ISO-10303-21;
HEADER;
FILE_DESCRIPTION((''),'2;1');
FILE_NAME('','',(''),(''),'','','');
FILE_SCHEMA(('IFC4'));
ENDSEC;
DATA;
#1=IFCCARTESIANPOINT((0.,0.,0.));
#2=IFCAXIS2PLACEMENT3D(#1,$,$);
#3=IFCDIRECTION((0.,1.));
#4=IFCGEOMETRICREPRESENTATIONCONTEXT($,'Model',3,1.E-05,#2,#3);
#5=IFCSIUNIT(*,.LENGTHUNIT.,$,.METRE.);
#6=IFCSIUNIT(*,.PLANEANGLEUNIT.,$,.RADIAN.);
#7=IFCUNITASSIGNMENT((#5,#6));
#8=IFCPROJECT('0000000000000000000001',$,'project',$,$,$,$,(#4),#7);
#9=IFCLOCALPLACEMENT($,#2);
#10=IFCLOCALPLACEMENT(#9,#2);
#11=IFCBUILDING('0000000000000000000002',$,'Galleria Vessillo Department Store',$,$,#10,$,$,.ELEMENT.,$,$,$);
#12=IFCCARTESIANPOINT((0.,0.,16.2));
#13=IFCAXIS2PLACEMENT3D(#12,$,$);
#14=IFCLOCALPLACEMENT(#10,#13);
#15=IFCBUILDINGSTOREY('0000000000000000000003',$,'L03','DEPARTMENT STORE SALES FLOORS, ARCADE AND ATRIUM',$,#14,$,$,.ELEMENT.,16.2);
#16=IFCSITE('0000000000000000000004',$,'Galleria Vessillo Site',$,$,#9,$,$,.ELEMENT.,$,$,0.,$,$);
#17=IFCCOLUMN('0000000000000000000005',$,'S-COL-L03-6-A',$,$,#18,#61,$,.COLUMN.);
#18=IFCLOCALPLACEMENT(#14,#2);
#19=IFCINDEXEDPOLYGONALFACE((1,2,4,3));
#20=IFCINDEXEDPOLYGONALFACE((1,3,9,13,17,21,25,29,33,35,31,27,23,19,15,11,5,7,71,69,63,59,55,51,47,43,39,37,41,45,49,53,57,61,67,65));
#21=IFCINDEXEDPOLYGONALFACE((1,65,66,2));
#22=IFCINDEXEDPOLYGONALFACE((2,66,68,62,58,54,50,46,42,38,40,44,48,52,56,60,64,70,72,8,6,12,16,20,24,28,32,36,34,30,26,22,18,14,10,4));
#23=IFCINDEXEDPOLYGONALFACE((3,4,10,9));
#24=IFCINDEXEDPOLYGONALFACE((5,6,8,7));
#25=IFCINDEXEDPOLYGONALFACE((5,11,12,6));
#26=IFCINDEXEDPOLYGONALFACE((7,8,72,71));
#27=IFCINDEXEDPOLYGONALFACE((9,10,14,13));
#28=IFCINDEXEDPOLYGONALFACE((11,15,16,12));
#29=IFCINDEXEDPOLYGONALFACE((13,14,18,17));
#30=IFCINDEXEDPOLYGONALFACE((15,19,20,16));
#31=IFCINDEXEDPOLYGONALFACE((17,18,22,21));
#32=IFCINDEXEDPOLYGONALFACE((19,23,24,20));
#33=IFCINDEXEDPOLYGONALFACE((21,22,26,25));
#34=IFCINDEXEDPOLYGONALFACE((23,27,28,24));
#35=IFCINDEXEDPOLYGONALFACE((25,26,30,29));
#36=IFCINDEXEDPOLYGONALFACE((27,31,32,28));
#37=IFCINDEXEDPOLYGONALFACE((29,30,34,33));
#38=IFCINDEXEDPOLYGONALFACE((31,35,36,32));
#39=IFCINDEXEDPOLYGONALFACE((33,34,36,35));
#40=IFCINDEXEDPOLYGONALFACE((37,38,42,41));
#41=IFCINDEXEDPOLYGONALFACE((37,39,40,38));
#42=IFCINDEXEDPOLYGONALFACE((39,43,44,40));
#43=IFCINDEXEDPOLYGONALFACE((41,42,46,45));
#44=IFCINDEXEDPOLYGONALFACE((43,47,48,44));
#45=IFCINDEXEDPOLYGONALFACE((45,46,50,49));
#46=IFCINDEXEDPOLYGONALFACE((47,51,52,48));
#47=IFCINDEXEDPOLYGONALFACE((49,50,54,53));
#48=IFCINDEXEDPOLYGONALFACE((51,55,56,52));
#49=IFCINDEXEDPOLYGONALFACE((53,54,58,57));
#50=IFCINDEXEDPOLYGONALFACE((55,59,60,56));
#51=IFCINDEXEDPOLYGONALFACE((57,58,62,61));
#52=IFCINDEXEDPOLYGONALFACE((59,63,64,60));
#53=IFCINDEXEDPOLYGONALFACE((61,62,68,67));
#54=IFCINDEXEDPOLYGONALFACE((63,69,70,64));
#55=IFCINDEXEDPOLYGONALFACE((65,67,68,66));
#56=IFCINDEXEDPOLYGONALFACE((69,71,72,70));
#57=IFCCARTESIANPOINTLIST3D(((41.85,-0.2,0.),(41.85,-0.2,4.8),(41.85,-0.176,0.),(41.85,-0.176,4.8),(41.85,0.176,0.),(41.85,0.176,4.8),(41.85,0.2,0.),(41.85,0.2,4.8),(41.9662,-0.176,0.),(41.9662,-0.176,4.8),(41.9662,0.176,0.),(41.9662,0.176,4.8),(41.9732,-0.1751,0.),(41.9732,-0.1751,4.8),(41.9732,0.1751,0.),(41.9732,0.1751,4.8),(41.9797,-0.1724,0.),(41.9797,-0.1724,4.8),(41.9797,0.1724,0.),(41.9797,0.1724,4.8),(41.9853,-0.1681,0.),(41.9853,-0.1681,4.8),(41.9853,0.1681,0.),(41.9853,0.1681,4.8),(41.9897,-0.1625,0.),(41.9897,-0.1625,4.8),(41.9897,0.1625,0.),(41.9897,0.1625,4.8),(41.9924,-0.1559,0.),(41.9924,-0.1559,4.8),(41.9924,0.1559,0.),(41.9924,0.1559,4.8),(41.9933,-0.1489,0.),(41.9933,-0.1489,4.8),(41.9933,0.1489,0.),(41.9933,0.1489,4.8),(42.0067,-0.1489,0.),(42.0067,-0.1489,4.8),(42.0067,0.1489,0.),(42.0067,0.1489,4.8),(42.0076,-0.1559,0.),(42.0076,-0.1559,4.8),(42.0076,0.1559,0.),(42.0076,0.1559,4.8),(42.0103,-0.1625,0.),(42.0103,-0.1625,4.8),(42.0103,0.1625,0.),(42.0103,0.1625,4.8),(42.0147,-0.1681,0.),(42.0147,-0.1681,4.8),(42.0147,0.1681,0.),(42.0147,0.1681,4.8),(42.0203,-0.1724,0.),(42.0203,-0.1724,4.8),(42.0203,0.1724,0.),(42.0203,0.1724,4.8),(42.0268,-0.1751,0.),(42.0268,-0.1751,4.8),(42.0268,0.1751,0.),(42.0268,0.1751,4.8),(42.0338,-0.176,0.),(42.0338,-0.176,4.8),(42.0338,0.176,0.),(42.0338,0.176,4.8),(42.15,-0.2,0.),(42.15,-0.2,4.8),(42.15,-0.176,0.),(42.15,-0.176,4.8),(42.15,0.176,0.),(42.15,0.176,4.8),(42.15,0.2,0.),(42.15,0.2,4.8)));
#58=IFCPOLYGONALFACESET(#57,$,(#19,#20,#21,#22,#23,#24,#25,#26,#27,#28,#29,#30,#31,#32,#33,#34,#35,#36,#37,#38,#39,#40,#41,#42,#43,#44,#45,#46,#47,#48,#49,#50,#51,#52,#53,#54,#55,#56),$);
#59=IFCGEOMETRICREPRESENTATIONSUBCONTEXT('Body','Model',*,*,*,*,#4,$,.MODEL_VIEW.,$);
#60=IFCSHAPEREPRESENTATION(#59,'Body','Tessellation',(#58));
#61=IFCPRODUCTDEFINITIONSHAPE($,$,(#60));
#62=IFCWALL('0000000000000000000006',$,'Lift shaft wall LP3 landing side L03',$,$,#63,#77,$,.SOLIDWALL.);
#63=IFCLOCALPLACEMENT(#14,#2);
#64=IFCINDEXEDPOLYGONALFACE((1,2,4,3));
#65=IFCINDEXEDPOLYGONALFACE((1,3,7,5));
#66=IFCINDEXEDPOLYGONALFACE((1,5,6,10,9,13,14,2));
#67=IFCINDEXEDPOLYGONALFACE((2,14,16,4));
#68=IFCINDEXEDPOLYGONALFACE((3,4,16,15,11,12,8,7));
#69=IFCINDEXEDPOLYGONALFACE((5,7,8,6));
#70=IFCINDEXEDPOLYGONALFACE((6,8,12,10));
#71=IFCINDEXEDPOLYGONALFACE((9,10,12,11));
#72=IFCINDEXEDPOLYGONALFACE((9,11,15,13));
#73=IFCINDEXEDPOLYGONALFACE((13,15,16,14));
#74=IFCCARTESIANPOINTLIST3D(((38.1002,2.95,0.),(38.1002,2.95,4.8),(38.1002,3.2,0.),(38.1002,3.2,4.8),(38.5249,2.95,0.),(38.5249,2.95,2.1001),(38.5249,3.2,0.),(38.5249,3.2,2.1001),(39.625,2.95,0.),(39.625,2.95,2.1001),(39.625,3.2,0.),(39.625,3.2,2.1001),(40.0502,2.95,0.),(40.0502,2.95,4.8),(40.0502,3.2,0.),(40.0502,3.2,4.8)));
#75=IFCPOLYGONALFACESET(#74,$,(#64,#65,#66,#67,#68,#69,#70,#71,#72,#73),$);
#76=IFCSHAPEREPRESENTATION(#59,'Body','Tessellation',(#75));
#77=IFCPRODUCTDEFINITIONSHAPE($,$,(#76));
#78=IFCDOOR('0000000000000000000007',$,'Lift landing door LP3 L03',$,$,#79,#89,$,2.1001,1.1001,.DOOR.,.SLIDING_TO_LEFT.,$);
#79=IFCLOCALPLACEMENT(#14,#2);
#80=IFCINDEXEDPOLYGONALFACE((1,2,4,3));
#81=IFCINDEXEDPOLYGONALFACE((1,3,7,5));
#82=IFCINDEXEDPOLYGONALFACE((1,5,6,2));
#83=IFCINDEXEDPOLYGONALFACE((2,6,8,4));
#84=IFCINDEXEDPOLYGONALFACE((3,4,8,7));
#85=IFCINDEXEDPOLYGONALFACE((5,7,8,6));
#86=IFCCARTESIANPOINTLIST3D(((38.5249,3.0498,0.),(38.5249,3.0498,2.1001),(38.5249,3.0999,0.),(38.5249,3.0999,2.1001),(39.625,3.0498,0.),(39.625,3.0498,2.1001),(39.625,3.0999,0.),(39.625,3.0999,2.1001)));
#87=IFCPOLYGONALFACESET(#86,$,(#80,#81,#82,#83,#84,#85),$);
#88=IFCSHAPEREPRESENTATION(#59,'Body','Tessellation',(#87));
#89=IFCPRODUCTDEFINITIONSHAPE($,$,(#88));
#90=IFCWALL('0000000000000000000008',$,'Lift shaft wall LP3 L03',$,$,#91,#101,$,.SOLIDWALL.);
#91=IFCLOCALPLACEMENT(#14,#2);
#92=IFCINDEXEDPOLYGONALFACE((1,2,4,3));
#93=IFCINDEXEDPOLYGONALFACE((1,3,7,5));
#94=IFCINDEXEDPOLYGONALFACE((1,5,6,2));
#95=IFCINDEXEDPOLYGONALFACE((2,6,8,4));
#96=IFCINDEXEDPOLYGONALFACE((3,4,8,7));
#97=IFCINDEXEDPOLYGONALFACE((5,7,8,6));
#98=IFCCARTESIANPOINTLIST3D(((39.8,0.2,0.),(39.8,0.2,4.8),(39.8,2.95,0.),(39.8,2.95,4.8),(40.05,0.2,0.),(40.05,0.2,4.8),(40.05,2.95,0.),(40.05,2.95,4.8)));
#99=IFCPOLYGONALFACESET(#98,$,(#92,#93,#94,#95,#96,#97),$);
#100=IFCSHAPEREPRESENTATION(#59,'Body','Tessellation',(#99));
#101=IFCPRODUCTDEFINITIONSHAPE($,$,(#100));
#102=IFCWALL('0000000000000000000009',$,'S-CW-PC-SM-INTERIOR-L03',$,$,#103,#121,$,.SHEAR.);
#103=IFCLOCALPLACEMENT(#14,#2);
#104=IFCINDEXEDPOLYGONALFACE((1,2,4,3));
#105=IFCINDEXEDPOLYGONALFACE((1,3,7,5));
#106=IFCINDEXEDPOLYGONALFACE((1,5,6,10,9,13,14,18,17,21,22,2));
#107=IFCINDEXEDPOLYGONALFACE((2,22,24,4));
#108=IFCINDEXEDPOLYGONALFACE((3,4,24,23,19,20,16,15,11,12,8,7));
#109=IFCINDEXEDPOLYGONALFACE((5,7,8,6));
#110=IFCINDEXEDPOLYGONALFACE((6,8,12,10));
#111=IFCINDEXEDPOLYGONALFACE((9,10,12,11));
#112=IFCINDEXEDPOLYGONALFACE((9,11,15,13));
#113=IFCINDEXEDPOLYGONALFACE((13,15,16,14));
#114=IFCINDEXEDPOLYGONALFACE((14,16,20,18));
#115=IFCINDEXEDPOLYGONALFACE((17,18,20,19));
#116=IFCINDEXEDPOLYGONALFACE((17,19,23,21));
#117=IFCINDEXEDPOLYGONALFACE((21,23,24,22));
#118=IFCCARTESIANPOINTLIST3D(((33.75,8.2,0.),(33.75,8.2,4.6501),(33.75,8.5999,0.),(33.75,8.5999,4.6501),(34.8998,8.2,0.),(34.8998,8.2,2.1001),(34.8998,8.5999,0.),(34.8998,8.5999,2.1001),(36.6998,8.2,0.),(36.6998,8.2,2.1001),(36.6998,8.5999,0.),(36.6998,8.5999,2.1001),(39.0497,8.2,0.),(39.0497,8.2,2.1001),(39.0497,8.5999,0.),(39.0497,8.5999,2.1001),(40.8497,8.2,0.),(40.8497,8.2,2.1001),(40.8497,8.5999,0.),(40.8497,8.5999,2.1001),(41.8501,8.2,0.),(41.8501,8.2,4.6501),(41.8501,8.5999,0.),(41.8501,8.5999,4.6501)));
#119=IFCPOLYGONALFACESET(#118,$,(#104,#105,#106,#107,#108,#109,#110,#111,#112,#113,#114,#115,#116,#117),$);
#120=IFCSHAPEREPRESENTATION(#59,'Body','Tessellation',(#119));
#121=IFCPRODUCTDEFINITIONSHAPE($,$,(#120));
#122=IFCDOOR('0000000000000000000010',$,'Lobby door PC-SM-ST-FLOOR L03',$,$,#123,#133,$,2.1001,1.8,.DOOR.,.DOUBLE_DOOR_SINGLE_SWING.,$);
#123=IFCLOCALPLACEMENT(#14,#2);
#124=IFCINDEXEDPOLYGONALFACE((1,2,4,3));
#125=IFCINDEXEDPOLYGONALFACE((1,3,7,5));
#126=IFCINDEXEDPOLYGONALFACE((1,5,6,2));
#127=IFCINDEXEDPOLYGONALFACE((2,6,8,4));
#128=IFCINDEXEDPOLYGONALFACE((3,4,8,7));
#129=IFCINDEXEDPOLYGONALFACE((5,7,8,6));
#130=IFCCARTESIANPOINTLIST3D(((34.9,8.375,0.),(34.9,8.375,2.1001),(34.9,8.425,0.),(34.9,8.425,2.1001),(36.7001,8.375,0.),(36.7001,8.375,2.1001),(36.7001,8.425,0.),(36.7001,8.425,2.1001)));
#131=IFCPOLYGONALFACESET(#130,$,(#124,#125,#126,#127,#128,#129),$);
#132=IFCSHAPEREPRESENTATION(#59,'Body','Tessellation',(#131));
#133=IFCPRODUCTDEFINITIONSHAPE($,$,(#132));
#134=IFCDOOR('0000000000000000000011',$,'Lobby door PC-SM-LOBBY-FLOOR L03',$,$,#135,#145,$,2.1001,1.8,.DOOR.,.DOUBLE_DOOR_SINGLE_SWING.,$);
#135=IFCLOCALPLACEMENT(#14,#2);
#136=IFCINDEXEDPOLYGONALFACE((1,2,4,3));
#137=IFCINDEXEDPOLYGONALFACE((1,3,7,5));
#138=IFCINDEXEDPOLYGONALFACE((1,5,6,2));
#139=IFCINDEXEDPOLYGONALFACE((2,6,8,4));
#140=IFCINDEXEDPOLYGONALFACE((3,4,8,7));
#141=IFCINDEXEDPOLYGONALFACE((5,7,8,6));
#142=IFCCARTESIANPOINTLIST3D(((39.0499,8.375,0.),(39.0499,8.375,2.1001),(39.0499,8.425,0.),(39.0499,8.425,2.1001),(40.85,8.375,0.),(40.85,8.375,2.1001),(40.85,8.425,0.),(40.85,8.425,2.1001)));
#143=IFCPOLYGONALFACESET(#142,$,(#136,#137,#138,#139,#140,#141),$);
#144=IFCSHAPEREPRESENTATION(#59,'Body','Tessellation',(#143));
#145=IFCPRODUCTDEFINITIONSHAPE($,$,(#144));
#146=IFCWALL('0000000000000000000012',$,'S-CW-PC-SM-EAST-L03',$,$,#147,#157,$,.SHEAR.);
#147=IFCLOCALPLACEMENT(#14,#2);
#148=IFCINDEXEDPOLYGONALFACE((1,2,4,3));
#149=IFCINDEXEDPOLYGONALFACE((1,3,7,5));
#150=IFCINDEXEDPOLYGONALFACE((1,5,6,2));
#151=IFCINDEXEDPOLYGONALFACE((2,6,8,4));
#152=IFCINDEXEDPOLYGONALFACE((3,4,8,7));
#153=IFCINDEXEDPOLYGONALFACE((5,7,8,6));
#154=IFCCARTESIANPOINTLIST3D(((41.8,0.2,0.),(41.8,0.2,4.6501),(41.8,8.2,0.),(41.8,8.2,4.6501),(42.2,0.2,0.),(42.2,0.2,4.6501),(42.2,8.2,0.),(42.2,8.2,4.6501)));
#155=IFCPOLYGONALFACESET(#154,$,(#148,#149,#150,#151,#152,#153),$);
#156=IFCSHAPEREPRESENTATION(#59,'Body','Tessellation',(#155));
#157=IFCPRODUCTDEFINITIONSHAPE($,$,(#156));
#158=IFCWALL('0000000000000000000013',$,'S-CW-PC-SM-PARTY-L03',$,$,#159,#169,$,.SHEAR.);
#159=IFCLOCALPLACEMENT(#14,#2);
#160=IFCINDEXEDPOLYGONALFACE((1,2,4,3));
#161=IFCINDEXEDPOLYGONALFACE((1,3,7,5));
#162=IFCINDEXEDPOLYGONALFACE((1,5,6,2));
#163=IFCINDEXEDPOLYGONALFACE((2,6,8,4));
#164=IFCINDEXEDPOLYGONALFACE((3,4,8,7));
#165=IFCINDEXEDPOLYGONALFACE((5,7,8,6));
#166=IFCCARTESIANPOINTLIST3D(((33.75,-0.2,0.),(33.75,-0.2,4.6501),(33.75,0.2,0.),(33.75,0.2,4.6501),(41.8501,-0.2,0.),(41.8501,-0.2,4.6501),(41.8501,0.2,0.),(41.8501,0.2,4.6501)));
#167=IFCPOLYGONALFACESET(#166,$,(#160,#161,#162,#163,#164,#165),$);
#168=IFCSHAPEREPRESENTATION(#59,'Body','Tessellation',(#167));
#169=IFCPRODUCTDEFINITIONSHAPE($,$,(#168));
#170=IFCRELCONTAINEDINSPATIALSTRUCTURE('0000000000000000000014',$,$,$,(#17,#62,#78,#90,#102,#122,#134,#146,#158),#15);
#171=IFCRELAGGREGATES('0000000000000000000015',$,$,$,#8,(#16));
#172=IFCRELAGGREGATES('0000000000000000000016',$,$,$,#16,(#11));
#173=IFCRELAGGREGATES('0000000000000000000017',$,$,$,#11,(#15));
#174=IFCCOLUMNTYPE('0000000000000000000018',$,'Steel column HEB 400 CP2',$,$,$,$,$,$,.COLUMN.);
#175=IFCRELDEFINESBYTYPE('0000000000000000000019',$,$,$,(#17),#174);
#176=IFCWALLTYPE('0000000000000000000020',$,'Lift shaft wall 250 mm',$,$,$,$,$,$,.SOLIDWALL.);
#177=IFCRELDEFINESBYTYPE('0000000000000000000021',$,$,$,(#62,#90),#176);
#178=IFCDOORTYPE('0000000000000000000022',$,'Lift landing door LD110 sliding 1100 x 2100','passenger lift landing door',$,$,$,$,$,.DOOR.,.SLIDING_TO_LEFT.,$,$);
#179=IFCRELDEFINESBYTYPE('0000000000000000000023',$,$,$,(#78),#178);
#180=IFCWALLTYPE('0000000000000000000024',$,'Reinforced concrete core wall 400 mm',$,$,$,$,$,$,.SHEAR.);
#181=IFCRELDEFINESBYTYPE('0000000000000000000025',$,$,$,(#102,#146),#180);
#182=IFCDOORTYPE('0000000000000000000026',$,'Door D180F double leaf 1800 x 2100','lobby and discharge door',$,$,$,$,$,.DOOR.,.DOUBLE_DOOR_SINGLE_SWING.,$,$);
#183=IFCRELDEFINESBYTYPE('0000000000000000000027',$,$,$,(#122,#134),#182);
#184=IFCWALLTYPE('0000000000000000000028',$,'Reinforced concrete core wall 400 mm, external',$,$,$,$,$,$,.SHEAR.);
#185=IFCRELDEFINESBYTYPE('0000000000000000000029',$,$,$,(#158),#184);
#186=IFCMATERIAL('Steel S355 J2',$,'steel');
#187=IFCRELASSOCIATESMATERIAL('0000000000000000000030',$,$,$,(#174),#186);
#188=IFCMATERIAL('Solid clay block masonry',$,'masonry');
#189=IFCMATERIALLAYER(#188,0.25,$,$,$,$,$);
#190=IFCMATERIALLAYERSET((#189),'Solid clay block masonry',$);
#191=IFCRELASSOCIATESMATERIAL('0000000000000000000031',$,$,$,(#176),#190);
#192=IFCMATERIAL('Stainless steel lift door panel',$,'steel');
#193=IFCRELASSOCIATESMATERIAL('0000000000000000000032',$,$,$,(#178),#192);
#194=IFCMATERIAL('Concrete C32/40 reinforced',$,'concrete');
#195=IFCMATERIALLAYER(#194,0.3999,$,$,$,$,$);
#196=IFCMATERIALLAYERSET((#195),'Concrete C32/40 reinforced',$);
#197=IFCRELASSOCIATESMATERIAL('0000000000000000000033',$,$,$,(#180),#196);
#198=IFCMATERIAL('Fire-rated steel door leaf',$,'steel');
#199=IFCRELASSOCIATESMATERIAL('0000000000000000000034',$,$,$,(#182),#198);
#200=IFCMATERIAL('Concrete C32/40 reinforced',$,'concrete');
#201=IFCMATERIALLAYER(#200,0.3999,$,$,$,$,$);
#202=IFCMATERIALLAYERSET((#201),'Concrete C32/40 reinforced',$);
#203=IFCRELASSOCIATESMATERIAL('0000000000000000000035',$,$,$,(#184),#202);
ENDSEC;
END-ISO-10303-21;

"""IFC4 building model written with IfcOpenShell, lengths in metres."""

from ifc_helpers import new_model, si_unit, direction, frame, frame_2d, origin, origin_2d, place, context, subcontext, project, spatial, rectangle, i_section, extrude, material, layer, layer_set, material_profile, profile_set, type_object, element, fill, save


model = new_model("IFC4")

# Units and contexts
model_context = context("Model", 3, precision=1e-05, world=origin(), true_north=direction((0.0, 1.0)))
body_context = subcontext(model_context, "Body", "Model", "MODEL_VIEW")
ifc_project = project(units=[si_unit("LENGTHUNIT", "METRE"), si_unit("PLANEANGLEUNIT", "RADIAN")], contexts=[model_context])

# Site, building, storey
site_placement = place(None, origin())
site = spatial("IfcSite", under=ifc_project, at=site_placement, Name="Galleria Vessillo Site", CompositionType="ELEMENT", RefElevation=0.0)
building_placement = place(site_placement, origin())
building = spatial("IfcBuilding", under=site, at=building_placement, Name="Galleria Vessillo Department Store", CompositionType="ELEMENT")
storey_placement = place(building_placement, frame((0.0, 0.0, 16.2)))
storey = spatial("IfcBuildingStorey", under=building, at=storey_placement, Name="L03", Description="DEPARTMENT STORE SALES FLOORS, ARCADE AND ATRIUM", CompositionType="ELEMENT", Elevation=16.2)

# Column
ifc_material_1 = material(Name="Steel S355 J2", Category="steel")
ifc_material_profile = material_profile(ifc_material_1, i_section(OverallWidth=0.3, OverallDepth=0.3999, WebThickness=0.0134, FlangeThickness=0.0239, FilletRadius=0.0271, at=origin_2d()), Name="HEB 400")
ifc_profile_set = profile_set([ifc_material_profile], Name="Steel S355 J2")
column_type = type_object("IfcColumnType", Name="Steel column HEB 400 CP2", PredefinedType="COLUMN", material=ifc_profile_set)
column_placement = place(storey_placement, frame((42.0, 0.0, 0.0), z_axis=(0.0, 0.0, 1.0), x_axis=(1.0, 0.0, 0.0)))
element("IfcColumn", 1, at=column_placement, inside=storey, type_object=column_type, Name="S-COL-L03-6-A", PredefinedType="COLUMN", context=body_context, shape_type="SweptSolid", body=[
    extrude(i_section(OverallWidth=0.3, OverallDepth=0.3999, WebThickness=0.0134, FlangeThickness=0.0239, FilletRadius=0.0271, at=origin_2d()), origin(), (0.0, 0.0, 1.0), 4.8),
])

# Wall, opening, door
ifc_material_2 = material(Name="Solid clay block masonry", Category="masonry")
ifc_layer_1 = layer(ifc_material_2, 0.25)
ifc_layer_set_1 = layer_set([ifc_layer_1], Name="Solid clay block masonry")
wall_type_1 = type_object("IfcWallType", Name="Lift shaft wall 250 mm", PredefinedType="SOLIDWALL", material=ifc_layer_set_1)
wall_1_placement = place(storey_placement, frame((38.1001, 3.075, 0.0), z_axis=(0.0, 0.0, 1.0), x_axis=(1.0, 0.0, 0.0)))
wall_1 = element("IfcWall", 2, at=wall_1_placement, inside=storey, type_object=wall_type_1, Name="Lift shaft wall LP3 landing side L03", PredefinedType="SOLIDWALL", context=body_context, shape_type="SweptSolid", body=[
    extrude(rectangle(XDim=1.95, YDim=0.25, at=frame_2d((0.9751, 0.0))), origin(), (0.0, 0.0, 1.0), 4.8),
])
opening_1_placement = place(wall_1_placement, frame((0.4248, 0.0, 0.0)))
opening_1 = element("IfcOpeningElement", 3, at=opening_1_placement, cuts=wall_1, PredefinedType="OPENING", context=body_context, shape_type="SweptSolid", body=[
    extrude(rectangle(XDim=1.1001, YDim=2.1001, at=frame_2d((0.55, 1.05))), frame((0.0, 0.135, 0.0), z_axis=(0.0, -1.0, 0.0), x_axis=(1.0, 0.0, 0.0)), (0.0, 0.0, 1.0), 0.27),
])
ifc_material_3 = material(Name="Stainless steel lift door panel", Category="steel")
door_type_1 = type_object("IfcDoorType", Name="Lift landing door LD110 sliding 1100 x 2100", Description="passenger lift landing door", OperationType="SLIDING_TO_LEFT", PredefinedType="DOOR", material=ifc_material_3)
door_1_placement = place(opening_1_placement, origin())
door_1 = element("IfcDoor", 4, at=door_1_placement, inside=storey, type_object=door_type_1, Name="Lift landing door LP3 L03", OperationType="SLIDING_TO_LEFT", OverallHeight=2.1001, OverallWidth=1.1001, PredefinedType="DOOR", context=body_context, shape_type="SweptSolid", body=[
    extrude(rectangle(XDim=1.1001, YDim=2.1001, at=frame_2d((0.55, 1.05))), frame((0.0, 0.0249, 0.0), z_axis=(0.0, -1.0, 0.0), x_axis=(1.0, 0.0, 0.0)), (0.0, 0.0, 1.0), 0.05),
])
fill(opening_1, door_1)

# Wall
wall_2_placement = place(storey_placement, frame((39.925, 0.2, 0.0), z_axis=(0.0, 0.0, 1.0), x_axis=(0.0, 1.0, 0.0)))
element("IfcWall", 5, at=wall_2_placement, inside=storey, type_object=wall_type_1, Name="Lift shaft wall LP3 L03", PredefinedType="SOLIDWALL", context=body_context, shape_type="SweptSolid", body=[
    extrude(rectangle(XDim=2.75, YDim=0.25, at=frame_2d((1.375, 0.0))), origin(), (0.0, 0.0, 1.0), 4.8),
])

# Wall, openings, doors
ifc_material_4 = material(Name="Concrete C32/40 reinforced", Category="concrete")
ifc_layer_2 = layer(ifc_material_4, 0.3999)
ifc_layer_set_2 = layer_set([ifc_layer_2], Name="Concrete C32/40 reinforced")
wall_type_2 = type_object("IfcWallType", Name="Reinforced concrete core wall 400 mm", PredefinedType="SHEAR", material=ifc_layer_set_2)
wall_3_placement = place(storey_placement, frame((33.75, 8.3999, 0.0), z_axis=(0.0, 0.0, 1.0), x_axis=(1.0, 0.0, 0.0)))
wall_3 = element("IfcWall", 6, at=wall_3_placement, inside=storey, type_object=wall_type_2, Name="S-CW-PC-SM-INTERIOR-L03", PredefinedType="SHEAR", context=body_context, shape_type="SweptSolid", body=[
    extrude(rectangle(XDim=8.1001, YDim=0.3999, at=frame_2d((4.05, 0.0))), origin(), (0.0, 0.0, 1.0), 4.6501),
])
opening_2_placement = place(wall_3_placement, frame((1.1499, 0.0, 0.0)))
opening_2 = element("IfcOpeningElement", 7, at=opening_2_placement, cuts=wall_3, PredefinedType="OPENING", context=body_context, shape_type="SweptSolid", body=[
    extrude(rectangle(XDim=1.8, YDim=2.1001, at=frame_2d((0.8999, 1.05))), frame((0.0, 0.21, 0.0), z_axis=(0.0, -1.0, 0.0), x_axis=(1.0, 0.0, 0.0)), (0.0, 0.0, 1.0), 0.4199),
])
opening_3_placement = place(wall_3_placement, frame((5.2998, 0.0, 0.0)))
opening_3 = element("IfcOpeningElement", 8, at=opening_3_placement, cuts=wall_3, PredefinedType="OPENING", context=body_context, shape_type="SweptSolid", body=[
    extrude(rectangle(XDim=1.8, YDim=2.1001, at=frame_2d((0.8999, 1.05))), frame((0.0, 0.21, 0.0), z_axis=(0.0, -1.0, 0.0), x_axis=(1.0, 0.0, 0.0)), (0.0, 0.0, 1.0), 0.4199),
])
ifc_material_5 = material(Name="Fire-rated steel door leaf", Category="steel")
door_type_2 = type_object("IfcDoorType", Name="Door D180F double leaf 1800 x 2100", Description="lobby and discharge door", OperationType="DOUBLE_DOOR_SINGLE_SWING", PredefinedType="DOOR", material=ifc_material_5)
door_2_placement = place(opening_2_placement, frame((1.8, 0.0, 0.0), z_axis=(0.0, 0.0, 1.0), x_axis=(-1.0, 0.0, 0.0)))
door_2 = element("IfcDoor", 9, at=door_2_placement, inside=storey, type_object=door_type_2, Name="Lobby door PC-SM-ST-FLOOR L03", OperationType="DOUBLE_DOOR_SINGLE_SWING", OverallHeight=2.1001, OverallWidth=1.8, PredefinedType="DOOR", context=body_context, shape_type="SweptSolid", body=[
    extrude(rectangle(XDim=1.8, YDim=2.1001, at=frame_2d((0.8999, 1.05))), frame((0.0, 0.0249, 0.0), z_axis=(0.0, -1.0, 0.0), x_axis=(1.0, 0.0, 0.0)), (0.0, 0.0, 1.0), 0.05),
])
fill(opening_2, door_2)
door_3_placement = place(opening_3_placement, frame((1.8, 0.0, 0.0), z_axis=(0.0, 0.0, 1.0), x_axis=(-1.0, 0.0, 0.0)))
door_3 = element("IfcDoor", 10, at=door_3_placement, inside=storey, type_object=door_type_2, Name="Lobby door PC-SM-LOBBY-FLOOR L03", OperationType="DOUBLE_DOOR_SINGLE_SWING", OverallHeight=2.1001, OverallWidth=1.8, PredefinedType="DOOR", context=body_context, shape_type="SweptSolid", body=[
    extrude(rectangle(XDim=1.8, YDim=2.1001, at=frame_2d((0.8999, 1.05))), frame((0.0, 0.0249, 0.0), z_axis=(0.0, -1.0, 0.0), x_axis=(1.0, 0.0, 0.0)), (0.0, 0.0, 1.0), 0.05),
])
fill(opening_3, door_3)

# Walls
wall_4_placement = place(storey_placement, frame((42.0, 0.2, 0.0), z_axis=(0.0, 0.0, 1.0), x_axis=(0.0, 1.0, 0.0)))
element("IfcWall", 11, at=wall_4_placement, inside=storey, type_object=wall_type_2, Name="S-CW-PC-SM-EAST-L03", PredefinedType="SHEAR", context=body_context, shape_type="SweptSolid", body=[
    extrude(rectangle(XDim=8.0, YDim=0.3999, at=frame_2d((4.0, 0.0))), origin(), (0.0, 0.0, 1.0), 4.6501),
])
ifc_material_6 = material(Name="Concrete C32/40 reinforced", Category="concrete")
ifc_layer_3 = layer(ifc_material_6, 0.3999)
ifc_layer_set_3 = layer_set([ifc_layer_3], Name="Concrete C32/40 reinforced")
wall_type_3 = type_object("IfcWallType", Name="Reinforced concrete core wall 400 mm, external", PredefinedType="SHEAR", material=ifc_layer_set_3)
wall_5_placement = place(storey_placement, frame((33.75, 0.0, 0.0), z_axis=(0.0, 0.0, 1.0), x_axis=(1.0, 0.0, 0.0)))
element("IfcWall", 12, at=wall_5_placement, inside=storey, type_object=wall_type_3, Name="S-CW-PC-SM-PARTY-L03", PredefinedType="SHEAR", context=body_context, shape_type="SweptSolid", body=[
    extrude(rectangle(XDim=8.1001, YDim=0.3999, at=frame_2d((4.05, 0.0))), origin(), (0.0, 0.0, 1.0), 4.6501),
])

save(model, "model.ifc")
